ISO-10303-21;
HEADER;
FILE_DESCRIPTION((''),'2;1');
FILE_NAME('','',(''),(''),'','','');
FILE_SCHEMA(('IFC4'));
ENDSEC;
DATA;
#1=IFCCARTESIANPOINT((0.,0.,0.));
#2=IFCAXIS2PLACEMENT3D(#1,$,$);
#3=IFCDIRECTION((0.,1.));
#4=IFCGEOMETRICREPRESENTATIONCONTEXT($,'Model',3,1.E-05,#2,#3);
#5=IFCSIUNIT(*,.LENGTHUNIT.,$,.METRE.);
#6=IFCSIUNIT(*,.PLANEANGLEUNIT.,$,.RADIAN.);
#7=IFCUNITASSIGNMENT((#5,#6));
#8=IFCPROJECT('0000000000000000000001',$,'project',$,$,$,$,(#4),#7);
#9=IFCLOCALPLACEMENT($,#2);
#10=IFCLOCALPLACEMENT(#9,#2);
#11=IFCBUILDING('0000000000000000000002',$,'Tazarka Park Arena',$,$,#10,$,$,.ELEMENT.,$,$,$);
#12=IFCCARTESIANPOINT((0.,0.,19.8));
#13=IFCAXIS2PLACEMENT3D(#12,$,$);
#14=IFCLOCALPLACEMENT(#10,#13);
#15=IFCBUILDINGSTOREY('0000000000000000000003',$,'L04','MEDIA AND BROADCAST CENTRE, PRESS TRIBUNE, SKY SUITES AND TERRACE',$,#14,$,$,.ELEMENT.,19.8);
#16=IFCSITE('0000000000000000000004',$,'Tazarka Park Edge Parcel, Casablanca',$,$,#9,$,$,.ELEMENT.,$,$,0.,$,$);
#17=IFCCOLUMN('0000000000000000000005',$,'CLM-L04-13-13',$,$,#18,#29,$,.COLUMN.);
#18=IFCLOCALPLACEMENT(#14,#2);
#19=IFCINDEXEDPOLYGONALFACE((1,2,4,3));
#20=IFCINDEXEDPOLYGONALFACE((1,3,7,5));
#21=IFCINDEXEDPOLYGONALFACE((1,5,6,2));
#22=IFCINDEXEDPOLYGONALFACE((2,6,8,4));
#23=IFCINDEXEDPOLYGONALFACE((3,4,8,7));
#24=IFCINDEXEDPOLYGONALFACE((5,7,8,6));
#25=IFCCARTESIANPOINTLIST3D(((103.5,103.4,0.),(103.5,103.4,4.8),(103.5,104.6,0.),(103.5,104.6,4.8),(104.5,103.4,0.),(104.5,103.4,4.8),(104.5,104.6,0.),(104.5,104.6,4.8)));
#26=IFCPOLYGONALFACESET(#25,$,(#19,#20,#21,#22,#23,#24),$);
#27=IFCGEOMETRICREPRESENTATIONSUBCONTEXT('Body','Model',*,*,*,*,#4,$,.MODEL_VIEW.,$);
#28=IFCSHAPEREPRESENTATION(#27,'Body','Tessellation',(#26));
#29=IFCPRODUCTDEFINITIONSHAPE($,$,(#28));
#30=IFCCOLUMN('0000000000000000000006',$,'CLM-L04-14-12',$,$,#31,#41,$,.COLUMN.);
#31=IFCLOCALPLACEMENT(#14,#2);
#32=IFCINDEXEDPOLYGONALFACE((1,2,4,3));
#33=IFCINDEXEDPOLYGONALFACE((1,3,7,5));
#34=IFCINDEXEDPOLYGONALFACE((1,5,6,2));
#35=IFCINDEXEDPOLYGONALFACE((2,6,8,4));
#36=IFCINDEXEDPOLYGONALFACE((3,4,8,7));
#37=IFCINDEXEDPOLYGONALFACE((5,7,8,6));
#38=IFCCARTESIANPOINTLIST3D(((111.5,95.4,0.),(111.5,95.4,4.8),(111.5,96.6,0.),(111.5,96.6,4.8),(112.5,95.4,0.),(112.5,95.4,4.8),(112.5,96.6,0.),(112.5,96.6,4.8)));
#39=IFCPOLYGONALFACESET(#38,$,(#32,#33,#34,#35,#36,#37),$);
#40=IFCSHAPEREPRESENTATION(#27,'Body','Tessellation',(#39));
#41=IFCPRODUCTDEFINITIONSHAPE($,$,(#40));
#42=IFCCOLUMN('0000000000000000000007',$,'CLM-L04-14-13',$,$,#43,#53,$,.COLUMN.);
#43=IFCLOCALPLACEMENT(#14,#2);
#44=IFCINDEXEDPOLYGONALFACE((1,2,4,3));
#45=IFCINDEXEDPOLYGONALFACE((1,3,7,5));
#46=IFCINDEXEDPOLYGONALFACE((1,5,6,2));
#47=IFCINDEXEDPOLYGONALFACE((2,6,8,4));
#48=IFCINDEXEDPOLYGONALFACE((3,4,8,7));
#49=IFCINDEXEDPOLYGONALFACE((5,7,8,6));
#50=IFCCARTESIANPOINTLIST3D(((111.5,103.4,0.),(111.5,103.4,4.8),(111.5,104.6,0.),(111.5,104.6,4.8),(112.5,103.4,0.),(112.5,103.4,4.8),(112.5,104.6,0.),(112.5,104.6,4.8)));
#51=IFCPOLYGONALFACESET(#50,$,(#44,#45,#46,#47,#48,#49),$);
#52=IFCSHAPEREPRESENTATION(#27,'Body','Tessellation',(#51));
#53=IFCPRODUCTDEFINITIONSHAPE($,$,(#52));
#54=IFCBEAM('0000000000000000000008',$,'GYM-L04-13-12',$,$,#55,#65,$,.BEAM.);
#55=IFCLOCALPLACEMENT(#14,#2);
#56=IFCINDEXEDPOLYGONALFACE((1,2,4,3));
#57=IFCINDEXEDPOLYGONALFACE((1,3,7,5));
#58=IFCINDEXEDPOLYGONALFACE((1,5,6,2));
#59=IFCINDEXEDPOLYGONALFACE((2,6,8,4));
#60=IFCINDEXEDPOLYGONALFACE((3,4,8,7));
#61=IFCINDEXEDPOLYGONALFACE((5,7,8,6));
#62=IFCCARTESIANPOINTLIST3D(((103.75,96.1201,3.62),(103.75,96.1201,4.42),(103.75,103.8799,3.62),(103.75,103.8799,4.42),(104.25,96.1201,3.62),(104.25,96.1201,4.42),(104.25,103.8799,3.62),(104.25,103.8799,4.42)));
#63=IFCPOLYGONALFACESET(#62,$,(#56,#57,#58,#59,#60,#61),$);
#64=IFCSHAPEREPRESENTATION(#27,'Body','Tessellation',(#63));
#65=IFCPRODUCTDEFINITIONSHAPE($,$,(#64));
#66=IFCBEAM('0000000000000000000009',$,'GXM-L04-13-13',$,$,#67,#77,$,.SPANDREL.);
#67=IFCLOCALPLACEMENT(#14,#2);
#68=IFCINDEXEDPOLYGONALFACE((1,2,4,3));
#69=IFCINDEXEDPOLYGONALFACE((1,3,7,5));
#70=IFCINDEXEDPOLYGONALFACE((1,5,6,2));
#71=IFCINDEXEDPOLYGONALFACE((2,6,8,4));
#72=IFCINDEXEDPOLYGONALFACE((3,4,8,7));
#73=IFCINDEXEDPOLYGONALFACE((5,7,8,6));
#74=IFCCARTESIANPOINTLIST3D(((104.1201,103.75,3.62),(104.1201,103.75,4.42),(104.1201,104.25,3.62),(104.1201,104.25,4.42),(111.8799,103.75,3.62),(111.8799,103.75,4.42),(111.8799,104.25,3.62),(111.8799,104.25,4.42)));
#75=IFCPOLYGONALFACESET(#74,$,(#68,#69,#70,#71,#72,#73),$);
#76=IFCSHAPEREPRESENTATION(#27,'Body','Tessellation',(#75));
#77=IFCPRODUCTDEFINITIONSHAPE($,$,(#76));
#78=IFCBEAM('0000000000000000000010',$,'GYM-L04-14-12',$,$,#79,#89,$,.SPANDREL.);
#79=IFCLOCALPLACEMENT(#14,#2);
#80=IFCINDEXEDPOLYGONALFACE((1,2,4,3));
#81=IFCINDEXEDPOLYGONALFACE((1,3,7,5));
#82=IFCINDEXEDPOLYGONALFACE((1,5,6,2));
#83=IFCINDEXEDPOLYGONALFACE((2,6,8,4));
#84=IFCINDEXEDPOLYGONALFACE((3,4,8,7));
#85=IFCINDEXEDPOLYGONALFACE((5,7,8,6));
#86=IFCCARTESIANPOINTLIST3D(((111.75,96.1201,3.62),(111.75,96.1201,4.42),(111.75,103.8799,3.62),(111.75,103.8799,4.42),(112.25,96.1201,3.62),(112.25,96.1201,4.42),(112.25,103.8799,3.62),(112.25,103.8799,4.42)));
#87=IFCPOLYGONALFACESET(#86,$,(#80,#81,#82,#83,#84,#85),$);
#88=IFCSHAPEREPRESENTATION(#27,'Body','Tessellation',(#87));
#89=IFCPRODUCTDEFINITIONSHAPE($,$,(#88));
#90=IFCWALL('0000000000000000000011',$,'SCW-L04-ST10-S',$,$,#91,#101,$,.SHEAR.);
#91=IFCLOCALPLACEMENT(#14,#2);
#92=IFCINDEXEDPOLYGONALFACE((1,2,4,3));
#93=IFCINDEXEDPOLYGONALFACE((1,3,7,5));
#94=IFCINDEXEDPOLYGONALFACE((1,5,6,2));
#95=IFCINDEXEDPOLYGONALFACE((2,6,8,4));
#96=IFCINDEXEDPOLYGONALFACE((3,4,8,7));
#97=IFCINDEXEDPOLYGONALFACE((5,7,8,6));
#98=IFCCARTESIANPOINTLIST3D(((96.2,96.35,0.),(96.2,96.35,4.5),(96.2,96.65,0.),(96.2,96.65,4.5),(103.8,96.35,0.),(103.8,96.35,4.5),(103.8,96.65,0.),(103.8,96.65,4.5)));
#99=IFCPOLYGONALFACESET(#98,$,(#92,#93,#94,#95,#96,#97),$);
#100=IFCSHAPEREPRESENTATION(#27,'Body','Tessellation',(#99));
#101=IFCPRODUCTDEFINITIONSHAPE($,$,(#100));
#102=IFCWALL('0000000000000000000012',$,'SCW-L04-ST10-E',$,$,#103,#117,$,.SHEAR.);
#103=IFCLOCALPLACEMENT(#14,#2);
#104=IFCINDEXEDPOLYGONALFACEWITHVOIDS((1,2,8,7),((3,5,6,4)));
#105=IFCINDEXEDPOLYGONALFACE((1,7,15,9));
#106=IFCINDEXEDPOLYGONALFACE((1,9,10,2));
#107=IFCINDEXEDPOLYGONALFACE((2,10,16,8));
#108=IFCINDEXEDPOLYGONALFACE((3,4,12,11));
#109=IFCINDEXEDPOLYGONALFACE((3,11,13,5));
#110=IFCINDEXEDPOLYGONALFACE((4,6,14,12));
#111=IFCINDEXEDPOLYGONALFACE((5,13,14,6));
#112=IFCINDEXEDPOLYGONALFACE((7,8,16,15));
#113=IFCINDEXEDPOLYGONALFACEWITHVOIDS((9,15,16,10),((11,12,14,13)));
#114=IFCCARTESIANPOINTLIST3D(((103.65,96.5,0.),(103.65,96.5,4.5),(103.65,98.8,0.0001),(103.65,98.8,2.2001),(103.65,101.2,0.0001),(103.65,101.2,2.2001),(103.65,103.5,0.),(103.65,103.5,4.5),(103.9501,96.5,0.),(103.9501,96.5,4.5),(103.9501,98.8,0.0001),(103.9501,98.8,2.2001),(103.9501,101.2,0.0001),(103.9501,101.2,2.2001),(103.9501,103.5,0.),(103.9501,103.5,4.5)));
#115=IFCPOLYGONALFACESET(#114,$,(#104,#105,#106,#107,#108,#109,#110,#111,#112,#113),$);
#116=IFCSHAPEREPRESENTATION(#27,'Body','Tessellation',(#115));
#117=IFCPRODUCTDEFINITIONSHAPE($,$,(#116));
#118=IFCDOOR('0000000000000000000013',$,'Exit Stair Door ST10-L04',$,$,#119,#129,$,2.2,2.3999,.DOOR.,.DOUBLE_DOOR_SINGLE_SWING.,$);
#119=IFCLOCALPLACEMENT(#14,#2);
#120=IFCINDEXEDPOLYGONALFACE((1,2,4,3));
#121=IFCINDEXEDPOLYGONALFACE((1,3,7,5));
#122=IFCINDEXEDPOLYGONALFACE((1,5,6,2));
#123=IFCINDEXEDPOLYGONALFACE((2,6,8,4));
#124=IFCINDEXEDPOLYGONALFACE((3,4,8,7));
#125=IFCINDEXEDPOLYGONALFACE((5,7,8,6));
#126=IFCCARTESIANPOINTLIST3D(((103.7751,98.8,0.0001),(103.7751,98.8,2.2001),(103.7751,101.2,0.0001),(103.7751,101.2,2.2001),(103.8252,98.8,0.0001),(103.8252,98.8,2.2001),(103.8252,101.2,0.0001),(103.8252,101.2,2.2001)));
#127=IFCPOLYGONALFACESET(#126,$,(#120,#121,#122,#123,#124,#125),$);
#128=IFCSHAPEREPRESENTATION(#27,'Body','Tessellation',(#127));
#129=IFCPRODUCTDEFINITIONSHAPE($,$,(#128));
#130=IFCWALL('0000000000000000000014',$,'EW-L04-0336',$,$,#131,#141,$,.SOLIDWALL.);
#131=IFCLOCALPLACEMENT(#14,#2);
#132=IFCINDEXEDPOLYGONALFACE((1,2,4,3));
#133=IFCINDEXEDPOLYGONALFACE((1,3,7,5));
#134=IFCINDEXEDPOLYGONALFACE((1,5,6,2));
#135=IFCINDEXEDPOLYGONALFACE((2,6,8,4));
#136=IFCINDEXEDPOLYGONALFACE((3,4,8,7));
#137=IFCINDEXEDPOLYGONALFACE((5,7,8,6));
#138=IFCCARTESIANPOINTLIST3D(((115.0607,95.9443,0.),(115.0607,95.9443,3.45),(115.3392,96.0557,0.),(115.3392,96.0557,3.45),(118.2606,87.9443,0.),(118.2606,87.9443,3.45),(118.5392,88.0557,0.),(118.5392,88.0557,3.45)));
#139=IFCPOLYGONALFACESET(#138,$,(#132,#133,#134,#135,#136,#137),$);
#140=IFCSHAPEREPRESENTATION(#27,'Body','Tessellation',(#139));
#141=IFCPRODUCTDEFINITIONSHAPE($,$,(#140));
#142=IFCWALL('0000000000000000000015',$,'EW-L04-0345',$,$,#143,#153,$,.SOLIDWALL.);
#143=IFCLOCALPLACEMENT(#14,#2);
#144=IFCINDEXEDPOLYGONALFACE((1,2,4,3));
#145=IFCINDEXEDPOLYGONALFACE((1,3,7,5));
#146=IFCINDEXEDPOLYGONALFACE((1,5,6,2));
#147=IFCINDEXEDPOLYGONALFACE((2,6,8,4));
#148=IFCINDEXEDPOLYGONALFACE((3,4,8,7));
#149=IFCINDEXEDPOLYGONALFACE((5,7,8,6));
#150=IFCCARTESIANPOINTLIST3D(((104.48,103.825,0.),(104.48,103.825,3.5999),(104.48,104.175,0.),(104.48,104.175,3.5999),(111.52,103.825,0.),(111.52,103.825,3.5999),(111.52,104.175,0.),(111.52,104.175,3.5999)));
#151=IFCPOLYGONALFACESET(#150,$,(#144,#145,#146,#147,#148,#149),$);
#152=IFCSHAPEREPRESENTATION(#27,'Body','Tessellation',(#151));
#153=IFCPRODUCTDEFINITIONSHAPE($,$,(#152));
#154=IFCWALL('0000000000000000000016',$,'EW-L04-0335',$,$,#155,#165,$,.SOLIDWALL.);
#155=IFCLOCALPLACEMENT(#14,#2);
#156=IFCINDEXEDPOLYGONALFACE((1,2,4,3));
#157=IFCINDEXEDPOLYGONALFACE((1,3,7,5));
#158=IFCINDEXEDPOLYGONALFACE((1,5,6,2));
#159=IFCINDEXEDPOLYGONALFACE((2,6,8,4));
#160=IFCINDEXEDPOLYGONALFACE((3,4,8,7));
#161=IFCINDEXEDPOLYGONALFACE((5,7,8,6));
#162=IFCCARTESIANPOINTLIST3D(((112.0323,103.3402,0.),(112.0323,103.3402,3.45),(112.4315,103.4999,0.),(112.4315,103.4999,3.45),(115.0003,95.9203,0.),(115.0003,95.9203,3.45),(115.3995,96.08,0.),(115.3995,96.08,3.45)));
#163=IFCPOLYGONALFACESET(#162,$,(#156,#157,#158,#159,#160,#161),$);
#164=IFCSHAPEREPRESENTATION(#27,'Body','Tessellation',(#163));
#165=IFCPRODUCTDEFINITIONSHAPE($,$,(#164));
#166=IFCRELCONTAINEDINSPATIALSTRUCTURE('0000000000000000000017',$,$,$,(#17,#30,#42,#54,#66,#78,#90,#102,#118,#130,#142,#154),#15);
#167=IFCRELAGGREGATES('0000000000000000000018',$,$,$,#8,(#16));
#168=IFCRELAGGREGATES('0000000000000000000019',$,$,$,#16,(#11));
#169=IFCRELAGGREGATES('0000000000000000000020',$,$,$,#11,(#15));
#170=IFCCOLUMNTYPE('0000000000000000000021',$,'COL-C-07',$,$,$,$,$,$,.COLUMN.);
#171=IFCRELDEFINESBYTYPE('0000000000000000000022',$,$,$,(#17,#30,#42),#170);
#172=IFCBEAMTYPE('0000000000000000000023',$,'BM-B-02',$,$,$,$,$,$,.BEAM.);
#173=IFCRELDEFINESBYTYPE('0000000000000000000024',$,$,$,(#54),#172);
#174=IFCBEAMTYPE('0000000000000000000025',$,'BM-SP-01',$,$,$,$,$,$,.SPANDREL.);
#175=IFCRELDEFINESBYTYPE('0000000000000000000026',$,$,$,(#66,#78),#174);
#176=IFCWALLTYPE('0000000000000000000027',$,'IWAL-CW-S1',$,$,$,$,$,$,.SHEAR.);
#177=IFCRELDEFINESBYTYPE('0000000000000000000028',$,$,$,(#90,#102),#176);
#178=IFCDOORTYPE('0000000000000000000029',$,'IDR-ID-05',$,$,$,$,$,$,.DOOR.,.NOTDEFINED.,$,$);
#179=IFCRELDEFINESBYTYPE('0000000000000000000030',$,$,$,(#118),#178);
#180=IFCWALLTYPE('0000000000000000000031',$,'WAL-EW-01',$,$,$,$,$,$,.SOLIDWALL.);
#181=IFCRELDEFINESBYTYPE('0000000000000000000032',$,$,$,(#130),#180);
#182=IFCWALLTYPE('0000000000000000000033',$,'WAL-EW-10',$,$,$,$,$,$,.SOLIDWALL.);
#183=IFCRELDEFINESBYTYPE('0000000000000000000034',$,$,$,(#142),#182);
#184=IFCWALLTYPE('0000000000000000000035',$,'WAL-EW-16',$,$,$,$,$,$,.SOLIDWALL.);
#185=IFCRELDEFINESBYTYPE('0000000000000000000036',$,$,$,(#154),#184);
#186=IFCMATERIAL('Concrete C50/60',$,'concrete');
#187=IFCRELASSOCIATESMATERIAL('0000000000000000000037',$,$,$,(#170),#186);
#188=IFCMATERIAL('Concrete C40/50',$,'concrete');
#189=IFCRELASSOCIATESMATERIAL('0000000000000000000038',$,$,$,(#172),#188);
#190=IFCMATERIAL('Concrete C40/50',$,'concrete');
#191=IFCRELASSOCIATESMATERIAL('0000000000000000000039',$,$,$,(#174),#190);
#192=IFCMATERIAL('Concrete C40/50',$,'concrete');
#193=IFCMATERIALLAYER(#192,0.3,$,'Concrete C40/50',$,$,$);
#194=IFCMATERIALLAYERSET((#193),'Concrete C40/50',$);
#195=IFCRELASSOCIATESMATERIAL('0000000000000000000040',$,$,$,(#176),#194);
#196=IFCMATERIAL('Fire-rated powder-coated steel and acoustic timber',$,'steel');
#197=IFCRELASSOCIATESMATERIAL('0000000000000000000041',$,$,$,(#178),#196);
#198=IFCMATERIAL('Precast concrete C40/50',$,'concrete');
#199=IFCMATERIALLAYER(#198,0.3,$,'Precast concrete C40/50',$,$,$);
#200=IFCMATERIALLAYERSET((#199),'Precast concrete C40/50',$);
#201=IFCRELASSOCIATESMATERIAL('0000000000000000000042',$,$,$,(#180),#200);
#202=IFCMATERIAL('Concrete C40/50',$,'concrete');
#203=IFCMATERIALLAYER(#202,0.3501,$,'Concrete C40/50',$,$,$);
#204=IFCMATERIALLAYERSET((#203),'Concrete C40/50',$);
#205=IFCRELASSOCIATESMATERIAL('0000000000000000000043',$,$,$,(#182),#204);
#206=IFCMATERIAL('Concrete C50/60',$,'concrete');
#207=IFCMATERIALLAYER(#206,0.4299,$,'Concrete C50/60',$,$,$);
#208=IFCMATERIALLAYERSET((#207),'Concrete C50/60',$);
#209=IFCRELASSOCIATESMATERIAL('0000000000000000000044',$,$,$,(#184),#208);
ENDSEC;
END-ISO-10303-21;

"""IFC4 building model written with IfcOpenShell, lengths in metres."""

from ifc_helpers import new_model, si_unit, direction, frame, frame_2d, origin, origin_2d, place, context, subcontext, project, spatial, rectangle, extrude, material, layer, layer_set, material_profile, profile_set, type_object, element, fill, save


model = new_model("IFC4")

# Units and contexts
model_context = context("Model", 3, precision=1e-05, world=origin(), true_north=direction((0.0, 1.0)))
body_context = subcontext(model_context, "Body", "Model", "MODEL_VIEW")
ifc_project = project(units=[si_unit("LENGTHUNIT", "METRE"), si_unit("PLANEANGLEUNIT", "RADIAN")], contexts=[model_context])

# Site, building, storey
site_placement = place(None, origin())
site = spatial("IfcSite", under=ifc_project, at=site_placement, Name="Tazarka Park Edge Parcel, Casablanca", CompositionType="ELEMENT", RefElevation=0.0)
building_placement = place(site_placement, origin())
building = spatial("IfcBuilding", under=site, at=building_placement, Name="Tazarka Park Arena", CompositionType="ELEMENT")
storey_placement = place(building_placement, frame((0.0, 0.0, 19.8)))
storey = spatial("IfcBuildingStorey", under=building, at=storey_placement, Name="L04", Description="MEDIA AND BROADCAST CENTRE, PRESS TRIBUNE, SKY SUITES AND TERRACE", CompositionType="ELEMENT", Elevation=19.8)

# Columns
ifc_material_1 = material(Name="Concrete C50/60", Category="concrete")
ifc_material_profile_1 = material_profile(ifc_material_1, rectangle(XDim=1.0, YDim=1.2, at=origin_2d()), Name="Concrete C50/60")
ifc_profile_set_1 = profile_set([ifc_material_profile_1], Name="Concrete C50/60")
column_type = type_object("IfcColumnType", Name="COL-C-07", PredefinedType="COLUMN", material=ifc_profile_set_1)
for number, where, z_axis, x_axis, name in (
    (1, (104.0, 104.0, 0.0), (0.0, 0.0, 1.0), (1.0, 0.0, 0.0), "CLM-L04-13-13"),
    (2, (112.0, 96.0, 0.0), (0.0, 0.0, 1.0), (1.0, 0.0, 0.0), "CLM-L04-14-12"),
    (3, (112.0, 104.0, 0.0), (0.0, 0.0, 1.0), (1.0, 0.0, 0.0), "CLM-L04-14-13"),
):
    element("IfcColumn", number, at=place(storey_placement, frame(where, z_axis=z_axis, x_axis=x_axis)), inside=storey, type_object=column_type, Name=name, PredefinedType="COLUMN", context=body_context, shape_type="SweptSolid", body=[
        extrude(rectangle(XDim=1.0, YDim=1.2, at=origin_2d()), origin(), (0.0, 0.0, 1.0), 4.8),
    ])

# Beams
ifc_material_2 = material(Name="Concrete C40/50", Category="concrete")
ifc_material_profile_2 = material_profile(ifc_material_2, rectangle(XDim=0.5, YDim=0.8, at=origin_2d()), Name="Concrete C40/50")
ifc_profile_set_2 = profile_set([ifc_material_profile_2], Name="Concrete C40/50")
beam_type_1 = type_object("IfcBeamType", Name="BM-B-02", PredefinedType="BEAM", material=ifc_profile_set_2)
beam_placement = place(storey_placement, frame((104.0, 96.1201, 4.02), z_axis=(0.0, 1.0, 0.0), x_axis=(-1.0, 0.0, 0.0)))
element("IfcBeam", 4, at=beam_placement, inside=storey, type_object=beam_type_1, Name="GYM-L04-13-12", PredefinedType="BEAM", context=body_context, shape_type="SweptSolid", body=[
    extrude(rectangle(XDim=0.5, YDim=0.8, at=origin_2d()), origin(), (0.0, 0.0, 1.0), 7.7598),
])
ifc_material_3 = material(Name="Concrete C40/50", Category="concrete")
ifc_material_profile_3 = material_profile(ifc_material_3, rectangle(XDim=0.5, YDim=0.8, at=origin_2d()), Name="Concrete C40/50")
ifc_profile_set_3 = profile_set([ifc_material_profile_3], Name="Concrete C40/50")
beam_type_2 = type_object("IfcBeamType", Name="BM-SP-01", PredefinedType="SPANDREL", material=ifc_profile_set_3)
for number, where, z_axis, x_axis, name in (
    (5, (104.1201, 104.0, 4.02), (1.0, 0.0, 0.0), (0.0, 1.0, 0.0), "GXM-L04-13-13"),
    (6, (112.0, 96.1201, 4.02), (0.0, 1.0, 0.0), (-1.0, 0.0, 0.0), "GYM-L04-14-12"),
):
    element("IfcBeam", number, at=place(storey_placement, frame(where, z_axis=z_axis, x_axis=x_axis)), inside=storey, type_object=beam_type_2, Name=name, PredefinedType="SPANDREL", context=body_context, shape_type="SweptSolid", body=[
        extrude(rectangle(XDim=0.5, YDim=0.8, at=origin_2d()), origin(), (0.0, 0.0, 1.0), 7.7598),
    ])

# Wall
ifc_material_4 = material(Name="Concrete C40/50", Category="concrete")
ifc_layer_1 = layer(ifc_material_4, 0.3, Name="Concrete C40/50")
ifc_layer_set_1 = layer_set([ifc_layer_1], Name="Concrete C40/50")
wall_type_1 = type_object("IfcWallType", Name="IWAL-CW-S1", PredefinedType="SHEAR", material=ifc_layer_set_1)
wall_1_placement = place(storey_placement, frame((103.8, 96.5, 0.0), z_axis=(0.0, 0.0, 1.0), x_axis=(-1.0, 0.0, 0.0)))
element("IfcWall", 7, at=wall_1_placement, inside=storey, type_object=wall_type_1, Name="SCW-L04-ST10-S", PredefinedType="SHEAR", context=body_context, shape_type="SweptSolid", body=[
    extrude(rectangle(XDim=7.6001, YDim=0.3, at=frame_2d((3.8, 0.0))), origin(), (0.0, 0.0, 1.0), 4.5),
])

# Wall, opening, door
wall_2_placement = place(storey_placement, frame((103.8, 103.5, 0.0), z_axis=(0.0, 0.0, 1.0), x_axis=(0.0, -1.0, 0.0)))
wall_2 = element("IfcWall", 8, at=wall_2_placement, inside=storey, type_object=wall_type_1, Name="SCW-L04-ST10-E", PredefinedType="SHEAR", context=body_context, shape_type="SweptSolid", body=[
    extrude(rectangle(XDim=7.0, YDim=0.3, at=frame_2d((3.5, 0.0))), origin(), (0.0, 0.0, 1.0), 4.5),
])
opening_placement = place(wall_2_placement, frame((2.3, 0.0, 0.0)))
opening = element("IfcOpeningElement", 9, at=opening_placement, cuts=wall_2, PredefinedType="OPENING", context=body_context, shape_type="SweptSolid", body=[
    extrude(rectangle(XDim=2.3999, YDim=2.2, at=frame_2d((1.2, 1.1001))), frame((0.0, 0.1602, 0.0), z_axis=(0.0, -1.0, 0.0), x_axis=(1.0, 0.0, 0.0)), (0.0, 0.0, 1.0), 0.3201),
])
ifc_material_5 = material(Name="Fire-rated powder-coated steel and acoustic timber", Category="steel")
door_type = type_object("IfcDoorType", Name="IDR-ID-05", OperationType="NOTDEFINED", PredefinedType="DOOR", material=ifc_material_5)
door_placement = place(opening_placement, frame((2.3999, 0.0, 0.0), z_axis=(0.0, 0.0, 1.0), x_axis=(-1.0, 0.0, 0.0)))
door = element("IfcDoor", 10, at=door_placement, inside=storey, type_object=door_type, Name="Exit Stair Door ST10-L04", OperationType="DOUBLE_DOOR_SINGLE_SWING", OverallHeight=2.2, OverallWidth=2.3999, PredefinedType="DOOR", context=body_context, shape_type="SweptSolid", body=[
    extrude(rectangle(XDim=2.3999, YDim=2.2, at=frame_2d((1.2, 1.1001))), frame((0.0, 0.0249, 0.0), z_axis=(0.0, -1.0, 0.0), x_axis=(1.0, 0.0, 0.0)), (0.0, 0.0, 1.0), 0.05),
])
fill(opening, door)

# Walls
ifc_material_6 = material(Name="Precast concrete C40/50", Category="concrete")
ifc_layer_2 = layer(ifc_material_6, 0.3, Name="Precast concrete C40/50")
ifc_layer_set_2 = layer_set([ifc_layer_2], Name="Precast concrete C40/50")
wall_type_2 = type_object("IfcWallType", Name="WAL-EW-01", PredefinedType="SOLIDWALL", material=ifc_layer_set_2)
wall_3_placement = place(storey_placement, frame((115.2, 96.0, 0.0), z_axis=(0.0, 0.0, 1.0), x_axis=(0.371386, -0.928479, 0.0)))
element("IfcWall", 11, at=wall_3_placement, inside=storey, type_object=wall_type_2, Name="EW-L04-0336", PredefinedType="SOLIDWALL", context=body_context, shape_type="SweptSolid", body=[
    extrude(rectangle(XDim=8.6162, YDim=0.3, at=frame_2d((4.3081, 0.0))), origin(), (0.0, 0.0, 1.0), 3.45),
])
ifc_material_7 = material(Name="Concrete C40/50", Category="concrete")
ifc_layer_3 = layer(ifc_material_7, 0.3501, Name="Concrete C40/50")
ifc_layer_set_3 = layer_set([ifc_layer_3], Name="Concrete C40/50")
wall_type_3 = type_object("IfcWallType", Name="WAL-EW-10", PredefinedType="SOLIDWALL", material=ifc_layer_set_3)
wall_4_placement = place(storey_placement, frame((104.48, 104.0, 0.0), z_axis=(0.0, 0.0, 1.0), x_axis=(1.0, 0.0, 0.0)))
element("IfcWall", 12, at=wall_4_placement, inside=storey, type_object=wall_type_3, Name="EW-L04-0345", PredefinedType="SOLIDWALL", context=body_context, shape_type="SweptSolid", body=[
    extrude(rectangle(XDim=7.04, YDim=0.3501, at=frame_2d((3.52, 0.0))), origin(), (0.0, 0.0, 1.0), 3.5999),
])
ifc_material_8 = material(Name="Concrete C50/60", Category="concrete")
ifc_layer_4 = layer(ifc_material_8, 0.4299, Name="Concrete C50/60")
ifc_layer_set_4 = layer_set([ifc_layer_4], Name="Concrete C50/60")
wall_type_4 = type_object("IfcWallType", Name="WAL-EW-16", PredefinedType="SOLIDWALL", material=ifc_layer_set_4)
wall_5_placement = place(storey_placement, frame((112.2319, 103.4199, 0.0), z_axis=(0.0, 0.0, 1.0), x_axis=(0.371396, -0.928475, 0.0)))
element("IfcWall", 13, at=wall_5_placement, inside=storey, type_object=wall_type_4, Name="EW-L04-0335", PredefinedType="SOLIDWALL", context=body_context, shape_type="SweptSolid", body=[
    extrude(rectangle(XDim=7.9915, YDim=0.4299, at=frame_2d((3.9956, 0.0))), origin(), (0.0, 0.0, 1.0), 3.45),
])

save(model, "model.ifc")
